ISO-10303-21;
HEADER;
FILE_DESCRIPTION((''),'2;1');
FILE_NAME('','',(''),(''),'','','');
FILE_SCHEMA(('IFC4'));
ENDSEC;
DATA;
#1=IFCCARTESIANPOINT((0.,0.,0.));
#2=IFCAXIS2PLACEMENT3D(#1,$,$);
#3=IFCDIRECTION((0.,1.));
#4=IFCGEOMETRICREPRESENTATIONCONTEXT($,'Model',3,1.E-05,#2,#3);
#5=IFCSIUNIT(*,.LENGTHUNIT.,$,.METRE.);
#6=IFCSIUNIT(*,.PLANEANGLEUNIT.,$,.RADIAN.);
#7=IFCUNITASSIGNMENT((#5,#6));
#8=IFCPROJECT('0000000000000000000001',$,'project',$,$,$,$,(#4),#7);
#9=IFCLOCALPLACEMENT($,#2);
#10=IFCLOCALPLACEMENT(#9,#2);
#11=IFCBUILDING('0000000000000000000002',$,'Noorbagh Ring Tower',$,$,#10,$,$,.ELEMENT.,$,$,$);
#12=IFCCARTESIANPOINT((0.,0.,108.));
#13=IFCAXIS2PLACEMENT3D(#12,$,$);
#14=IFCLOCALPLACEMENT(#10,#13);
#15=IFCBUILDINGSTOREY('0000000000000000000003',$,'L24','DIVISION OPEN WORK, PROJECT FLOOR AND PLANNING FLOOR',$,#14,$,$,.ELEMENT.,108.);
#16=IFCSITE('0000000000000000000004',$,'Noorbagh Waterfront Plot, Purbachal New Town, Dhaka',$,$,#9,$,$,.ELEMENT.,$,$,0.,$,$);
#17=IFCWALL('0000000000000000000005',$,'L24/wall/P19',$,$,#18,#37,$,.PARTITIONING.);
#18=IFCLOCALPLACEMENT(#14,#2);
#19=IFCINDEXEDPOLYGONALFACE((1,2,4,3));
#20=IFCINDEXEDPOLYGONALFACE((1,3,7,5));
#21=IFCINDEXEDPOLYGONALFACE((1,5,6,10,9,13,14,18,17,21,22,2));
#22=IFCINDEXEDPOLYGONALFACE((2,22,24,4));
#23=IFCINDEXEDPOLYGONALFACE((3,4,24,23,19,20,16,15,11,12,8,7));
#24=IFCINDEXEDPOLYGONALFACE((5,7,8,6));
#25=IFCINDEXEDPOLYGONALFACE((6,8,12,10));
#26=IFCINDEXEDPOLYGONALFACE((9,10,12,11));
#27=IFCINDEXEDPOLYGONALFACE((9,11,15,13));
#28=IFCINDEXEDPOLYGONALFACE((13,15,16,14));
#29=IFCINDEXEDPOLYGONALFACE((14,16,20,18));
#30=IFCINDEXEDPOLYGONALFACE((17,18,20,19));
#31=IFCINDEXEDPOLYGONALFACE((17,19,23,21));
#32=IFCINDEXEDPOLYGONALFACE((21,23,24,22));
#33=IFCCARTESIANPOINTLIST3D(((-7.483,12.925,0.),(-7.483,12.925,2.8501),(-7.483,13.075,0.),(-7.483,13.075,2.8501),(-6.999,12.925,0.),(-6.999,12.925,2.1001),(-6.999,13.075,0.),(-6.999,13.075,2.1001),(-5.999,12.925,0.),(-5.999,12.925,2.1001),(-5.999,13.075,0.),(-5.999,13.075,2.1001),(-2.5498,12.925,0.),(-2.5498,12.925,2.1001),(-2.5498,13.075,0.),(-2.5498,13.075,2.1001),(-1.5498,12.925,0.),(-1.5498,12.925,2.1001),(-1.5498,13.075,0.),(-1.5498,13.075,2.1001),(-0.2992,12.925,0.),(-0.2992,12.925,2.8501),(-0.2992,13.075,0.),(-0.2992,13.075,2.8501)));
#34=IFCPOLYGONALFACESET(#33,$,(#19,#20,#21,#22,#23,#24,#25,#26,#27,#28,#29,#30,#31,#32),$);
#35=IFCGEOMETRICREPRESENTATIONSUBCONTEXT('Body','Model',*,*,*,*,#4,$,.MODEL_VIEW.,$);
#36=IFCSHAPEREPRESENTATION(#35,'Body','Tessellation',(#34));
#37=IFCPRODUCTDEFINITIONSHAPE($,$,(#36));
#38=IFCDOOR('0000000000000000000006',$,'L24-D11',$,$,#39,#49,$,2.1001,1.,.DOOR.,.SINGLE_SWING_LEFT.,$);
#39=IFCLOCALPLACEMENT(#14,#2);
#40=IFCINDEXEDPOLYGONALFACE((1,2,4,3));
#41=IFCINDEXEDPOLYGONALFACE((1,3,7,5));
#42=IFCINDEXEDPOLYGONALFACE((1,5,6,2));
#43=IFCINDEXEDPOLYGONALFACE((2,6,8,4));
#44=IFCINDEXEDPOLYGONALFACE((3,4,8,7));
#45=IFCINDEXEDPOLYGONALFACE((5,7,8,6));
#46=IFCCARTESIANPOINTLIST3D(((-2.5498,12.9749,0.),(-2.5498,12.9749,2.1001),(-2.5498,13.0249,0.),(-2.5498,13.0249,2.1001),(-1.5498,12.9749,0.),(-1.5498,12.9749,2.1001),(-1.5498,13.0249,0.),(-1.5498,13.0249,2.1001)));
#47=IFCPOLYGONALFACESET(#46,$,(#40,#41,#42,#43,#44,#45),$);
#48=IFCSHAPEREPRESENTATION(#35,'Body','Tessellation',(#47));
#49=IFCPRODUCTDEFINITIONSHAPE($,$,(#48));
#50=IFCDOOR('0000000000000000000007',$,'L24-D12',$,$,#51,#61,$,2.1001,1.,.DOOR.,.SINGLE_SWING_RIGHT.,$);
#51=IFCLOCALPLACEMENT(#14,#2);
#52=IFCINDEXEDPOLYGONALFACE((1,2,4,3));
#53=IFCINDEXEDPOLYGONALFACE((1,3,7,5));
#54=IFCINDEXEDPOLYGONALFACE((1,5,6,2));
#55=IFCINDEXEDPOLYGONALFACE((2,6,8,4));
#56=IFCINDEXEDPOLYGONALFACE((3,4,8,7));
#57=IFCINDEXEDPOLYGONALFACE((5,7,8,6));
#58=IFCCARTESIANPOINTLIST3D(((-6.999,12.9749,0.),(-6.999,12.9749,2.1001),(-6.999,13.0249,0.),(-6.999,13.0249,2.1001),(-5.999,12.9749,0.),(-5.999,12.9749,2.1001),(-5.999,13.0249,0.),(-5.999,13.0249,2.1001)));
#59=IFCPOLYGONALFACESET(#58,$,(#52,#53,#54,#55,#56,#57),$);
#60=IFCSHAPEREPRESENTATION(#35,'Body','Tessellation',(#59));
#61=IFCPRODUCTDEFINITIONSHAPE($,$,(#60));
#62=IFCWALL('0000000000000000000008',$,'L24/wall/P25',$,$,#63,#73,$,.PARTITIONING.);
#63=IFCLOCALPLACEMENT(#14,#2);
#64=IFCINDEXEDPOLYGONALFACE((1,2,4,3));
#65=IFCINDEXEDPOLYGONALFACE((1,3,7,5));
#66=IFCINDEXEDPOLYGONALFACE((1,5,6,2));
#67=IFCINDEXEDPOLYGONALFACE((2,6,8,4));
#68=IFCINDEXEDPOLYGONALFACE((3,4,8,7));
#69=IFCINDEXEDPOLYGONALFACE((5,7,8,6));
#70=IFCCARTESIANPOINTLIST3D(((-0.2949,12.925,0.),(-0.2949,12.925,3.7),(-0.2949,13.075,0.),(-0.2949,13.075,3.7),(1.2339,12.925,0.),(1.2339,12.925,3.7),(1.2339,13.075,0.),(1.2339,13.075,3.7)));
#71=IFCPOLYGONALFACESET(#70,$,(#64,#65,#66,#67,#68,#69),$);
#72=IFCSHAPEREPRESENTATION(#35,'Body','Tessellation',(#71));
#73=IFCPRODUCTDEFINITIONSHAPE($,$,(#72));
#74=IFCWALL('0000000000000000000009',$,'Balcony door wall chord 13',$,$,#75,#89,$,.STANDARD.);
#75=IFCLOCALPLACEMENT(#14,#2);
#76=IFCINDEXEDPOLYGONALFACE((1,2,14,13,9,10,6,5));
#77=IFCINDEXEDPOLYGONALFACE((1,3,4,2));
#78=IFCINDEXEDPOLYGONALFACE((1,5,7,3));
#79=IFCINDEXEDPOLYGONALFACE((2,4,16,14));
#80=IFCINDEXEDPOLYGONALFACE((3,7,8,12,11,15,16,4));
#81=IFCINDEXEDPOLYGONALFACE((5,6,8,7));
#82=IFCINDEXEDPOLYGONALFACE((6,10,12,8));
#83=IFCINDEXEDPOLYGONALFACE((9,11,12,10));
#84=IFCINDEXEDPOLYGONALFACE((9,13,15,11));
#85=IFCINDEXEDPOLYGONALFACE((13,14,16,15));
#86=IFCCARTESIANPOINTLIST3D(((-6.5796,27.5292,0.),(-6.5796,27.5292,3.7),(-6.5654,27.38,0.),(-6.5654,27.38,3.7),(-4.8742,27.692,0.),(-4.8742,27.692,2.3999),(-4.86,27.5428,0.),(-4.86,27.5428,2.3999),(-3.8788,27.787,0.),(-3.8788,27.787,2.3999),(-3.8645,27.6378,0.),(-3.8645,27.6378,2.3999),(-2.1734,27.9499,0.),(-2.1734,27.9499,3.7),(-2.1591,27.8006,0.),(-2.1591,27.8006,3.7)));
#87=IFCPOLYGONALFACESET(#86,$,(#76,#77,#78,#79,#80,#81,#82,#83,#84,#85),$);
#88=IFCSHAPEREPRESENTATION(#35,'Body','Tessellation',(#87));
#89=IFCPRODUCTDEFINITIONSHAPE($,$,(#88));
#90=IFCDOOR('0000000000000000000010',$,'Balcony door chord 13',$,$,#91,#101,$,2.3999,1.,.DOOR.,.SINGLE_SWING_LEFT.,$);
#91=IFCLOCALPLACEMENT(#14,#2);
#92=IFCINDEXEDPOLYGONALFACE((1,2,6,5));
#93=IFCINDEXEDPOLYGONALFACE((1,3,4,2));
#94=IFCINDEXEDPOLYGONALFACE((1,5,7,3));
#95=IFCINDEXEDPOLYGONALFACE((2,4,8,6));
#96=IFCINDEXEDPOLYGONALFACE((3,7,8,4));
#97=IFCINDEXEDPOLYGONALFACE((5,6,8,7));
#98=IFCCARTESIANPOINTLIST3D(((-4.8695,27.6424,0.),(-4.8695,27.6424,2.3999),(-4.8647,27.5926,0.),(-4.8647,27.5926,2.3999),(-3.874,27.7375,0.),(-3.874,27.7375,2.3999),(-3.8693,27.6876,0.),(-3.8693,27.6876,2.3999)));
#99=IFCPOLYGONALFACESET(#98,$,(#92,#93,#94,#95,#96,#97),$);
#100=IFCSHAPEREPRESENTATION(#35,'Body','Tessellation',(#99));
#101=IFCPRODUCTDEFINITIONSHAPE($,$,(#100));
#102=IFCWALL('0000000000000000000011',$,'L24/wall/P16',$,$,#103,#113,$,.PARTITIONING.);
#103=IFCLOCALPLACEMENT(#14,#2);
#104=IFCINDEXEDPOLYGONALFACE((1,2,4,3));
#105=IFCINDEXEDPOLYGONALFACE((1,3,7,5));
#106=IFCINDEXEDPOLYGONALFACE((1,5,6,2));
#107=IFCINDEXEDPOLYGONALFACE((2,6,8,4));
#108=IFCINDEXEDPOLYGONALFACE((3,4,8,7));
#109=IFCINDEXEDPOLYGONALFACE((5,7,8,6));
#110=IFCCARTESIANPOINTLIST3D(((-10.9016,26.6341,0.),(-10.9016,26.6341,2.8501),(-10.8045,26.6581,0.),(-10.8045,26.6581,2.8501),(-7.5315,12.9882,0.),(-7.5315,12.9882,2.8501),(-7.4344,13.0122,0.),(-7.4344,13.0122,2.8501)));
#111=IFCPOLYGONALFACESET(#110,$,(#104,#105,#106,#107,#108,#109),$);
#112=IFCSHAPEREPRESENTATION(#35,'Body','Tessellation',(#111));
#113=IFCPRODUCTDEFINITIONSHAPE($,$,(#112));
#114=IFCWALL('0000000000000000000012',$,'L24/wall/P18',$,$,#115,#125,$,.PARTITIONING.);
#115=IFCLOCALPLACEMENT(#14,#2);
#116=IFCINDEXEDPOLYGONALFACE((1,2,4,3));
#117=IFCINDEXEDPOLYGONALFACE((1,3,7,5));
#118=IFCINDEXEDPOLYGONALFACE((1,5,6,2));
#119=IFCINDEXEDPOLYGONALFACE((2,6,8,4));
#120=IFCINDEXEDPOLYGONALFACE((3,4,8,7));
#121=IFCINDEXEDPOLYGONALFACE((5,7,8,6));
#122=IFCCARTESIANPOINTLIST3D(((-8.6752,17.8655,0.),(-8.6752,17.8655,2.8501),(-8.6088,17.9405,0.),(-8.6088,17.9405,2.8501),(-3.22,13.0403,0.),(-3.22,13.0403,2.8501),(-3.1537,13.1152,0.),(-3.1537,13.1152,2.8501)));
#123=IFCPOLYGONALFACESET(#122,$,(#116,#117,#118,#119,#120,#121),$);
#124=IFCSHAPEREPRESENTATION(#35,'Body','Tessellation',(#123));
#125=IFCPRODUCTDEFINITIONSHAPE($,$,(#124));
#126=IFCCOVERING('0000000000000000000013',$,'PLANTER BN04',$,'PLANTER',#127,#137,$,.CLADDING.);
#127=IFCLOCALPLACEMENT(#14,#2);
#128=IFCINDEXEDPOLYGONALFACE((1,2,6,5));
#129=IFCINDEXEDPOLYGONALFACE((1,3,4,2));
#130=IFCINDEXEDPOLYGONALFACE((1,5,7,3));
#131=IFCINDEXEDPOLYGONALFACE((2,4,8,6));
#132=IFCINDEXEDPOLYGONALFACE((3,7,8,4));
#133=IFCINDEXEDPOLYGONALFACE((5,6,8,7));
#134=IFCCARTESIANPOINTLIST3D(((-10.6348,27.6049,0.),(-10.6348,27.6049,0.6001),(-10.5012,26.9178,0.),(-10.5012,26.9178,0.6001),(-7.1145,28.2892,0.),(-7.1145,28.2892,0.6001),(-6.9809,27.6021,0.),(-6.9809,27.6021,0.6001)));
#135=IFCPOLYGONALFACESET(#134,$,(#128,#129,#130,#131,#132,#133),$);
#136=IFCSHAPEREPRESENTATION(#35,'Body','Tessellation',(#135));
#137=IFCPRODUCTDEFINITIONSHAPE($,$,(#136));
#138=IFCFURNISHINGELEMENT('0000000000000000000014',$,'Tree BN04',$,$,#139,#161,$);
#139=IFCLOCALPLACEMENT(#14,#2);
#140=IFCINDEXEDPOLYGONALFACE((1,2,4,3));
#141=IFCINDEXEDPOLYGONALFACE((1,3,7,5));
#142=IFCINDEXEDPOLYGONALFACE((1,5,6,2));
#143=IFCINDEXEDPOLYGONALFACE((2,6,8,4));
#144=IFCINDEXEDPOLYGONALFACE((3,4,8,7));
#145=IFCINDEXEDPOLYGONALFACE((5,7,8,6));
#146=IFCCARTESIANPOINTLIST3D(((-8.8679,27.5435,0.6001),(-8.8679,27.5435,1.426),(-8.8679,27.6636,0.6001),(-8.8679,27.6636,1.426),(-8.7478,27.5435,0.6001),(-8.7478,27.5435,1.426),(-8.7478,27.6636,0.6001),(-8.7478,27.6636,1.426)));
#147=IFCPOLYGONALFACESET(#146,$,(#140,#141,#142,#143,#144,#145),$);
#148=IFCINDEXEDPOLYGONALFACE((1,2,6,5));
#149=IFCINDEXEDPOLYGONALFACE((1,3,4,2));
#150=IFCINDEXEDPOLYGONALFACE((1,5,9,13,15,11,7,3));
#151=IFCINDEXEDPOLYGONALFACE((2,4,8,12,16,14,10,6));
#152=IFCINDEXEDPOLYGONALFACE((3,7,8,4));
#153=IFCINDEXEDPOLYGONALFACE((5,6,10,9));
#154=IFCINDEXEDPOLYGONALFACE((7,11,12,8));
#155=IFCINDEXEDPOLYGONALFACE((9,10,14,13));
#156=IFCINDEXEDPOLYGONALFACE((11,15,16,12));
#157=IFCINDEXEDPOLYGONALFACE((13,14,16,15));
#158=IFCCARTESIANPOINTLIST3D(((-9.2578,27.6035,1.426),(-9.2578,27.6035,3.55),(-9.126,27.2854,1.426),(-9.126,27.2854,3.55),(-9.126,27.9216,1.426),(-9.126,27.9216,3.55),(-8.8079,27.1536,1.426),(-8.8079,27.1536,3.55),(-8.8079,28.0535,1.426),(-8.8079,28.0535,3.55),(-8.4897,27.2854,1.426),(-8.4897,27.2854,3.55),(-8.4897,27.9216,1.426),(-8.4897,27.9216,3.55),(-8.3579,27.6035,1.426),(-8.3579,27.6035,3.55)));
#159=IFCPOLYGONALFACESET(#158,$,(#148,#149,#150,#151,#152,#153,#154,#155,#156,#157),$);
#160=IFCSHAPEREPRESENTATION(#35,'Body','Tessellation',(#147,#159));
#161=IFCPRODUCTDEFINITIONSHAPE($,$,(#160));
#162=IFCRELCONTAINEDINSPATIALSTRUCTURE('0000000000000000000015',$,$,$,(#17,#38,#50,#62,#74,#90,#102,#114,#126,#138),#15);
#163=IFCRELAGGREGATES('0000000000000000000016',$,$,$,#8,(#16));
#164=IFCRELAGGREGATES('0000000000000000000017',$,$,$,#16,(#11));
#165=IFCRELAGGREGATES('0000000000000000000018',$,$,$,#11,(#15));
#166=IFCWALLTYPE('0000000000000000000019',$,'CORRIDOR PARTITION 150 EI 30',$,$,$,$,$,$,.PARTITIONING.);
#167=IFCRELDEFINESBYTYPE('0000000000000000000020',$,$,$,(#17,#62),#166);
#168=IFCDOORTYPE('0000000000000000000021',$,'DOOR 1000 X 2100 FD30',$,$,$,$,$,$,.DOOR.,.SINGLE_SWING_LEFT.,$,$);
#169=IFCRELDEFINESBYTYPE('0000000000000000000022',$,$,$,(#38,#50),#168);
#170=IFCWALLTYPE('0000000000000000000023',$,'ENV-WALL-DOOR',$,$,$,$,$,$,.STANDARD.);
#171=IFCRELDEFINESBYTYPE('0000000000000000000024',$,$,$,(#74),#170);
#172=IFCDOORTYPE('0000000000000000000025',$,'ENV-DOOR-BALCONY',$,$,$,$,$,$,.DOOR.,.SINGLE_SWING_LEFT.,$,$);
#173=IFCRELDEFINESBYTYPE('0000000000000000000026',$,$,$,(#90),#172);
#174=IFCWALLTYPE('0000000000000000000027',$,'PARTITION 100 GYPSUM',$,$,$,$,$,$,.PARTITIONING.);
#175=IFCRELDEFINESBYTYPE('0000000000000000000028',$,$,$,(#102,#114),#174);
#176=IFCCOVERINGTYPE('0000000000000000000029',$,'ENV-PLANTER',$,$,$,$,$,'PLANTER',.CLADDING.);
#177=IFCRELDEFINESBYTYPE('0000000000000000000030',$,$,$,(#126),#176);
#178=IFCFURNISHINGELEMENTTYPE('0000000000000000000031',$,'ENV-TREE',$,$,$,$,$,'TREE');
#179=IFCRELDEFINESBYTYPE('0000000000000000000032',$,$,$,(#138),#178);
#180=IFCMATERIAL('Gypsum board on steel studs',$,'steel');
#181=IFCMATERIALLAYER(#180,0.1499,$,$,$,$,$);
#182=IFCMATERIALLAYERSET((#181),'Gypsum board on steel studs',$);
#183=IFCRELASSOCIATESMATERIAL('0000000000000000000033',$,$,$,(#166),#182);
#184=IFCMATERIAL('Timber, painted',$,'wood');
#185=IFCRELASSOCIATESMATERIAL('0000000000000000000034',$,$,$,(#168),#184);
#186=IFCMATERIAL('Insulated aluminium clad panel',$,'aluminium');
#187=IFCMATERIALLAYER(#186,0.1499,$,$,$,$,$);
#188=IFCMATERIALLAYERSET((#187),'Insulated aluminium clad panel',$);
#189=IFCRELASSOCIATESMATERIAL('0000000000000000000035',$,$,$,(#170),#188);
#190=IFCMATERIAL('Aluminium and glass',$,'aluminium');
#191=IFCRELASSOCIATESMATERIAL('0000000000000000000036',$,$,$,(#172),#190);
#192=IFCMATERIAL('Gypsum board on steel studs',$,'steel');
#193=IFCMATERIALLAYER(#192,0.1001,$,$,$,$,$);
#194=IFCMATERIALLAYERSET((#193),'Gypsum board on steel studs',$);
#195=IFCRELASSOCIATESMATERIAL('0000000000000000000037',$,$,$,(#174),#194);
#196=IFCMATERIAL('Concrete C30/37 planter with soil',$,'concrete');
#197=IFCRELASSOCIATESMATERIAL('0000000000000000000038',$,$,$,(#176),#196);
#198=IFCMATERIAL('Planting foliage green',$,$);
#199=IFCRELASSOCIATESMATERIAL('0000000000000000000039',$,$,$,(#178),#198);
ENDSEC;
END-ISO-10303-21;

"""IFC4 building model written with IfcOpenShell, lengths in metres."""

from ifc_helpers import new_model, si_unit, direction, frame, frame_2d, origin, origin_2d, place, context, subcontext, project, spatial, polyline, rectangle, outline, extrude, material, layer, layer_set, type_object, element, fill, save


model = new_model("IFC4")

# Units and contexts
model_context = context("Model", 3, precision=1e-05, world=origin(), true_north=direction((0.0, 1.0)))
body_context = subcontext(model_context, "Body", "Model", "MODEL_VIEW")
ifc_project = project(units=[si_unit("LENGTHUNIT", "METRE"), si_unit("PLANEANGLEUNIT", "RADIAN")], contexts=[model_context])

# Site, building, storey
site_placement = place(None, origin())
site = spatial("IfcSite", under=ifc_project, at=site_placement, Name="Noorbagh Waterfront Plot, Purbachal New Town, Dhaka", CompositionType="ELEMENT", RefElevation=0.0)
building_placement = place(site_placement, origin())
building = spatial("IfcBuilding", under=site, at=building_placement, Name="Noorbagh Ring Tower", CompositionType="ELEMENT")
storey_placement = place(building_placement, frame((0.0, 0.0, 108.0)))
storey = spatial("IfcBuildingStorey", under=building, at=storey_placement, Name="L24", Description="DIVISION OPEN WORK, PROJECT FLOOR AND PLANNING FLOOR", CompositionType="ELEMENT", Elevation=108.0)

# Wall, openings, doors
ifc_material_1 = material(Name="Gypsum board on steel studs", Category="steel")
ifc_layer_1 = layer(ifc_material_1, 0.1499)
ifc_layer_set_1 = layer_set([ifc_layer_1], Name="Gypsum board on steel studs")
wall_type_1 = type_object("IfcWallType", Name="CORRIDOR PARTITION 150 EI 30", PredefinedType="PARTITIONING", material=ifc_layer_set_1)
wall_1_placement = place(storey_placement, frame((-7.4829, 13.0, 0.0), z_axis=(0.0, 0.0, 1.0), x_axis=(1.0, 0.0, 0.0)))
wall_1 = element("IfcWall", 1, at=wall_1_placement, inside=storey, type_object=wall_type_1, Name="L24/wall/P19", PredefinedType="PARTITIONING", context=body_context, shape_type="SweptSolid", body=[
    extrude(rectangle(XDim=7.1838, YDim=0.1499, at=frame_2d((3.5918, 0.0))), origin(), (0.0, 0.0, 1.0), 2.8501),
])
opening_1_placement = place(wall_1_placement, frame((4.9331, 0.0, 0.0)))
opening_1 = element("IfcOpeningElement", 2, at=opening_1_placement, cuts=wall_1, PredefinedType="OPENING", context=body_context, shape_type="SweptSolid", body=[
    extrude(rectangle(XDim=1.0, YDim=2.1001, at=frame_2d((0.5, 1.05))), frame((0.0, 0.085, 0.0), z_axis=(0.0, -1.0, 0.0), x_axis=(1.0, 0.0, 0.0)), (0.0, 0.0, 1.0), 0.1699),
])
opening_2_placement = place(wall_1_placement, frame((0.4839, 0.0, 0.0)))
opening_2 = element("IfcOpeningElement", 3, at=opening_2_placement, cuts=wall_1, PredefinedType="OPENING", context=body_context, shape_type="SweptSolid", body=[
    extrude(rectangle(XDim=1.0, YDim=2.1001, at=frame_2d((0.5, 1.05))), frame((0.0, 0.085, 0.0), z_axis=(0.0, -1.0, 0.0), x_axis=(1.0, 0.0, 0.0)), (0.0, 0.0, 1.0), 0.1699),
])
ifc_material_2 = material(Name="Timber, painted", Category="wood")
door_type_1 = type_object("IfcDoorType", Name="DOOR 1000 X 2100 FD30", OperationType="SINGLE_SWING_LEFT", PredefinedType="DOOR", material=ifc_material_2)
door_1_placement = place(opening_1_placement, origin())
door_1 = element("IfcDoor", 4, at=door_1_placement, inside=storey, type_object=door_type_1, Name="L24-D11", OperationType="SINGLE_SWING_LEFT", OverallHeight=2.1001, OverallWidth=1.0, PredefinedType="DOOR", context=body_context, shape_type="SweptSolid", body=[
    extrude(rectangle(XDim=1.0, YDim=2.1001, at=frame_2d((0.5, 1.05))), frame((0.0, 0.0249, 0.0), z_axis=(0.0, -1.0, 0.0), x_axis=(1.0, 0.0, 0.0)), (0.0, 0.0, 1.0), 0.05),
])
fill(opening_1, door_1)
door_2_placement = place(opening_2_placement, origin())
door_2 = element("IfcDoor", 5, at=door_2_placement, inside=storey, type_object=door_type_1, Name="L24-D12", OperationType="SINGLE_SWING_RIGHT", OverallHeight=2.1001, OverallWidth=1.0, PredefinedType="DOOR", context=body_context, shape_type="SweptSolid", body=[
    extrude(rectangle(XDim=1.0, YDim=2.1001, at=frame_2d((0.5, 1.05))), frame((0.0, 0.0249, 0.0), z_axis=(0.0, -1.0, 0.0), x_axis=(1.0, 0.0, 0.0)), (0.0, 0.0, 1.0), 0.05),
])
fill(opening_2, door_2)

# Wall
wall_2_placement = place(storey_placement, frame((-0.2949, 13.0, 0.0), z_axis=(0.0, 0.0, 1.0), x_axis=(1.0, 0.0, 0.0)))
element("IfcWall", 6, at=wall_2_placement, inside=storey, type_object=wall_type_1, Name="L24/wall/P25", PredefinedType="PARTITIONING", context=body_context, shape_type="SweptSolid", body=[
    extrude(rectangle(XDim=1.5288, YDim=0.1499, at=frame_2d((0.7644, 0.0))), origin(), (0.0, 0.0, 1.0), 3.7),
])

# Wall, opening, door
ifc_material_3 = material(Name="Insulated aluminium clad panel", Category="aluminium")
ifc_layer_2 = layer(ifc_material_3, 0.1499)
ifc_layer_set_2 = layer_set([ifc_layer_2], Name="Insulated aluminium clad panel")
wall_type_2 = type_object("IfcWallType", Name="ENV-WALL-DOOR", PredefinedType="STANDARD", material=ifc_layer_set_2)
wall_3_placement = place(storey_placement, frame((-2.1663, 27.8752, 0.0), z_axis=(0.0, 0.0, 1.0), x_axis=(-0.995474, -0.095036, 0.0)))
wall_3 = element("IfcWall", 7, at=wall_3_placement, inside=storey, type_object=wall_type_2, Name="Balcony door wall chord 13", PredefinedType="STANDARD", context=body_context, shape_type="SweptSolid", body=[
    extrude(rectangle(XDim=4.4263, YDim=0.1499, at=frame_2d((2.2131, 0.0))), origin(), (0.0, 0.0, 1.0), 3.7),
])
opening_3_placement = place(wall_3_placement, frame((1.7131, 0.0, 0.0)))
opening_3 = element("IfcOpeningElement", 8, at=opening_3_placement, cuts=wall_3, PredefinedType="OPENING", context=body_context, shape_type="SweptSolid", body=[
    extrude(rectangle(XDim=1.0, YDim=2.3999, at=frame_2d((0.5, 1.2))), frame((0.0, 0.085, 0.0), z_axis=(0.0, -1.0, 0.0), x_axis=(1.0, 0.0, 0.0)), (0.0, 0.0, 1.0), 0.1699),
])
ifc_material_4 = material(Name="Aluminium and glass", Category="aluminium")
door_type_2 = type_object("IfcDoorType", Name="ENV-DOOR-BALCONY", OperationType="SINGLE_SWING_LEFT", PredefinedType="DOOR", material=ifc_material_4)
door_3_placement = place(opening_3_placement, origin())
door_3 = element("IfcDoor", 9, at=door_3_placement, inside=storey, type_object=door_type_2, Name="Balcony door chord 13", OperationType="SINGLE_SWING_LEFT", OverallHeight=2.3999, OverallWidth=1.0, PredefinedType="DOOR", context=body_context, shape_type="SweptSolid", body=[
    extrude(rectangle(XDim=1.0, YDim=2.3999, at=frame_2d((0.5, 1.2))), frame((0.0, 0.0249, 0.0), z_axis=(0.0, -1.0, 0.0), x_axis=(1.0, 0.0, 0.0)), (0.0, 0.0, 1.0), 0.05),
])
fill(opening_3, door_3)

# Walls
ifc_material_5 = material(Name="Gypsum board on steel studs", Category="steel")
ifc_layer_3 = layer(ifc_material_5, 0.1001)
ifc_layer_set_3 = layer_set([ifc_layer_3], Name="Gypsum board on steel studs")
wall_type_3 = type_object("IfcWallType", Name="PARTITION 100 GYPSUM", PredefinedType="PARTITIONING", material=ifc_layer_set_3)
wall_4_placement = place(storey_placement, frame((-10.853, 26.646, 0.0), z_axis=(0.0, 0.0, 1.0), x_axis=(0.239764, -0.970831, 0.0)))
element("IfcWall", 10, at=wall_4_placement, inside=storey, type_object=wall_type_3, Name="L24/wall/P16", PredefinedType="PARTITIONING", context=body_context, shape_type="SweptSolid", body=[
    extrude(rectangle(XDim=14.0559, YDim=0.1001, at=frame_2d((7.0278, 0.0))), origin(), (0.0, 0.0, 1.0), 2.8501),
])
wall_5_placement = place(storey_placement, frame((-8.6421, 17.9031, 0.0), z_axis=(0.0, 0.0, 1.0), x_axis=(0.749027, -0.662539, 0.0)))
element("IfcWall", 11, at=wall_5_placement, inside=storey, type_object=wall_type_3, Name="L24/wall/P18", PredefinedType="PARTITIONING", context=body_context, shape_type="SweptSolid", body=[
    extrude(rectangle(XDim=7.283, YDim=0.1001, at=frame_2d((3.6416, 0.0))), origin(), (0.0, 0.0, 1.0), 2.8501),
])

# Covering
ifc_material_6 = material(Name="Concrete C30/37 planter with soil", Category="concrete")
covering_type = type_object("IfcCoveringType", Name="ENV-PLANTER", ElementType="PLANTER", PredefinedType="CLADDING", material=ifc_material_6)
covering_placement = place(storey_placement, frame((-8.8079, 27.6035, 0.0), z_axis=(0.0, 0.0, 1.0), x_axis=(-0.981625, -0.19082, 0.0)))
element("IfcCovering", 12, at=covering_placement, inside=storey, type_object=covering_type, Name="PLANTER BN04", ObjectType="PLANTER", PredefinedType="CLADDING", context=body_context, shape_type="SweptSolid", body=[
    extrude(rectangle(XDim=3.5862, YDim=0.7, at=origin_2d()), origin(), (0.0, 0.0, 1.0), 0.6001),
])

# Furnishing element
ifc_material_7 = material(Name="Planting foliage green")
furnishing_element_type = type_object("IfcFurnishingElementType", Name="ENV-TREE", ElementType="TREE", material=ifc_material_7)
furnishing_placement = place(storey_placement, frame((-8.8079, 27.6035, 0.6001), z_axis=(0.0, 0.0, 1.0), x_axis=(1.0, 0.0, 0.0)))
element("IfcFurnishingElement", 13, at=furnishing_placement, inside=storey, type_object=furnishing_element_type, Name="Tree BN04", context=body_context, shape_type="SweptSolid", body=[
    extrude(rectangle(XDim=0.1201, YDim=0.1201, at=origin_2d()), origin(), (0.0, 0.0, 1.0), 0.8259),
    extrude(outline(polyline([(0.45, 0.0), (0.3181, 0.3181), (0.0, 0.45), (-0.3181, 0.3181), (-0.45, 0.0), (-0.3181, -0.3181), (0.0, -0.45), (0.3181, -0.3181), (0.45, 0.0)])), frame((0.0, 0.0, 0.8259)), (0.0, 0.0, 1.0), 2.124),
])

save(model, "model.ifc")
